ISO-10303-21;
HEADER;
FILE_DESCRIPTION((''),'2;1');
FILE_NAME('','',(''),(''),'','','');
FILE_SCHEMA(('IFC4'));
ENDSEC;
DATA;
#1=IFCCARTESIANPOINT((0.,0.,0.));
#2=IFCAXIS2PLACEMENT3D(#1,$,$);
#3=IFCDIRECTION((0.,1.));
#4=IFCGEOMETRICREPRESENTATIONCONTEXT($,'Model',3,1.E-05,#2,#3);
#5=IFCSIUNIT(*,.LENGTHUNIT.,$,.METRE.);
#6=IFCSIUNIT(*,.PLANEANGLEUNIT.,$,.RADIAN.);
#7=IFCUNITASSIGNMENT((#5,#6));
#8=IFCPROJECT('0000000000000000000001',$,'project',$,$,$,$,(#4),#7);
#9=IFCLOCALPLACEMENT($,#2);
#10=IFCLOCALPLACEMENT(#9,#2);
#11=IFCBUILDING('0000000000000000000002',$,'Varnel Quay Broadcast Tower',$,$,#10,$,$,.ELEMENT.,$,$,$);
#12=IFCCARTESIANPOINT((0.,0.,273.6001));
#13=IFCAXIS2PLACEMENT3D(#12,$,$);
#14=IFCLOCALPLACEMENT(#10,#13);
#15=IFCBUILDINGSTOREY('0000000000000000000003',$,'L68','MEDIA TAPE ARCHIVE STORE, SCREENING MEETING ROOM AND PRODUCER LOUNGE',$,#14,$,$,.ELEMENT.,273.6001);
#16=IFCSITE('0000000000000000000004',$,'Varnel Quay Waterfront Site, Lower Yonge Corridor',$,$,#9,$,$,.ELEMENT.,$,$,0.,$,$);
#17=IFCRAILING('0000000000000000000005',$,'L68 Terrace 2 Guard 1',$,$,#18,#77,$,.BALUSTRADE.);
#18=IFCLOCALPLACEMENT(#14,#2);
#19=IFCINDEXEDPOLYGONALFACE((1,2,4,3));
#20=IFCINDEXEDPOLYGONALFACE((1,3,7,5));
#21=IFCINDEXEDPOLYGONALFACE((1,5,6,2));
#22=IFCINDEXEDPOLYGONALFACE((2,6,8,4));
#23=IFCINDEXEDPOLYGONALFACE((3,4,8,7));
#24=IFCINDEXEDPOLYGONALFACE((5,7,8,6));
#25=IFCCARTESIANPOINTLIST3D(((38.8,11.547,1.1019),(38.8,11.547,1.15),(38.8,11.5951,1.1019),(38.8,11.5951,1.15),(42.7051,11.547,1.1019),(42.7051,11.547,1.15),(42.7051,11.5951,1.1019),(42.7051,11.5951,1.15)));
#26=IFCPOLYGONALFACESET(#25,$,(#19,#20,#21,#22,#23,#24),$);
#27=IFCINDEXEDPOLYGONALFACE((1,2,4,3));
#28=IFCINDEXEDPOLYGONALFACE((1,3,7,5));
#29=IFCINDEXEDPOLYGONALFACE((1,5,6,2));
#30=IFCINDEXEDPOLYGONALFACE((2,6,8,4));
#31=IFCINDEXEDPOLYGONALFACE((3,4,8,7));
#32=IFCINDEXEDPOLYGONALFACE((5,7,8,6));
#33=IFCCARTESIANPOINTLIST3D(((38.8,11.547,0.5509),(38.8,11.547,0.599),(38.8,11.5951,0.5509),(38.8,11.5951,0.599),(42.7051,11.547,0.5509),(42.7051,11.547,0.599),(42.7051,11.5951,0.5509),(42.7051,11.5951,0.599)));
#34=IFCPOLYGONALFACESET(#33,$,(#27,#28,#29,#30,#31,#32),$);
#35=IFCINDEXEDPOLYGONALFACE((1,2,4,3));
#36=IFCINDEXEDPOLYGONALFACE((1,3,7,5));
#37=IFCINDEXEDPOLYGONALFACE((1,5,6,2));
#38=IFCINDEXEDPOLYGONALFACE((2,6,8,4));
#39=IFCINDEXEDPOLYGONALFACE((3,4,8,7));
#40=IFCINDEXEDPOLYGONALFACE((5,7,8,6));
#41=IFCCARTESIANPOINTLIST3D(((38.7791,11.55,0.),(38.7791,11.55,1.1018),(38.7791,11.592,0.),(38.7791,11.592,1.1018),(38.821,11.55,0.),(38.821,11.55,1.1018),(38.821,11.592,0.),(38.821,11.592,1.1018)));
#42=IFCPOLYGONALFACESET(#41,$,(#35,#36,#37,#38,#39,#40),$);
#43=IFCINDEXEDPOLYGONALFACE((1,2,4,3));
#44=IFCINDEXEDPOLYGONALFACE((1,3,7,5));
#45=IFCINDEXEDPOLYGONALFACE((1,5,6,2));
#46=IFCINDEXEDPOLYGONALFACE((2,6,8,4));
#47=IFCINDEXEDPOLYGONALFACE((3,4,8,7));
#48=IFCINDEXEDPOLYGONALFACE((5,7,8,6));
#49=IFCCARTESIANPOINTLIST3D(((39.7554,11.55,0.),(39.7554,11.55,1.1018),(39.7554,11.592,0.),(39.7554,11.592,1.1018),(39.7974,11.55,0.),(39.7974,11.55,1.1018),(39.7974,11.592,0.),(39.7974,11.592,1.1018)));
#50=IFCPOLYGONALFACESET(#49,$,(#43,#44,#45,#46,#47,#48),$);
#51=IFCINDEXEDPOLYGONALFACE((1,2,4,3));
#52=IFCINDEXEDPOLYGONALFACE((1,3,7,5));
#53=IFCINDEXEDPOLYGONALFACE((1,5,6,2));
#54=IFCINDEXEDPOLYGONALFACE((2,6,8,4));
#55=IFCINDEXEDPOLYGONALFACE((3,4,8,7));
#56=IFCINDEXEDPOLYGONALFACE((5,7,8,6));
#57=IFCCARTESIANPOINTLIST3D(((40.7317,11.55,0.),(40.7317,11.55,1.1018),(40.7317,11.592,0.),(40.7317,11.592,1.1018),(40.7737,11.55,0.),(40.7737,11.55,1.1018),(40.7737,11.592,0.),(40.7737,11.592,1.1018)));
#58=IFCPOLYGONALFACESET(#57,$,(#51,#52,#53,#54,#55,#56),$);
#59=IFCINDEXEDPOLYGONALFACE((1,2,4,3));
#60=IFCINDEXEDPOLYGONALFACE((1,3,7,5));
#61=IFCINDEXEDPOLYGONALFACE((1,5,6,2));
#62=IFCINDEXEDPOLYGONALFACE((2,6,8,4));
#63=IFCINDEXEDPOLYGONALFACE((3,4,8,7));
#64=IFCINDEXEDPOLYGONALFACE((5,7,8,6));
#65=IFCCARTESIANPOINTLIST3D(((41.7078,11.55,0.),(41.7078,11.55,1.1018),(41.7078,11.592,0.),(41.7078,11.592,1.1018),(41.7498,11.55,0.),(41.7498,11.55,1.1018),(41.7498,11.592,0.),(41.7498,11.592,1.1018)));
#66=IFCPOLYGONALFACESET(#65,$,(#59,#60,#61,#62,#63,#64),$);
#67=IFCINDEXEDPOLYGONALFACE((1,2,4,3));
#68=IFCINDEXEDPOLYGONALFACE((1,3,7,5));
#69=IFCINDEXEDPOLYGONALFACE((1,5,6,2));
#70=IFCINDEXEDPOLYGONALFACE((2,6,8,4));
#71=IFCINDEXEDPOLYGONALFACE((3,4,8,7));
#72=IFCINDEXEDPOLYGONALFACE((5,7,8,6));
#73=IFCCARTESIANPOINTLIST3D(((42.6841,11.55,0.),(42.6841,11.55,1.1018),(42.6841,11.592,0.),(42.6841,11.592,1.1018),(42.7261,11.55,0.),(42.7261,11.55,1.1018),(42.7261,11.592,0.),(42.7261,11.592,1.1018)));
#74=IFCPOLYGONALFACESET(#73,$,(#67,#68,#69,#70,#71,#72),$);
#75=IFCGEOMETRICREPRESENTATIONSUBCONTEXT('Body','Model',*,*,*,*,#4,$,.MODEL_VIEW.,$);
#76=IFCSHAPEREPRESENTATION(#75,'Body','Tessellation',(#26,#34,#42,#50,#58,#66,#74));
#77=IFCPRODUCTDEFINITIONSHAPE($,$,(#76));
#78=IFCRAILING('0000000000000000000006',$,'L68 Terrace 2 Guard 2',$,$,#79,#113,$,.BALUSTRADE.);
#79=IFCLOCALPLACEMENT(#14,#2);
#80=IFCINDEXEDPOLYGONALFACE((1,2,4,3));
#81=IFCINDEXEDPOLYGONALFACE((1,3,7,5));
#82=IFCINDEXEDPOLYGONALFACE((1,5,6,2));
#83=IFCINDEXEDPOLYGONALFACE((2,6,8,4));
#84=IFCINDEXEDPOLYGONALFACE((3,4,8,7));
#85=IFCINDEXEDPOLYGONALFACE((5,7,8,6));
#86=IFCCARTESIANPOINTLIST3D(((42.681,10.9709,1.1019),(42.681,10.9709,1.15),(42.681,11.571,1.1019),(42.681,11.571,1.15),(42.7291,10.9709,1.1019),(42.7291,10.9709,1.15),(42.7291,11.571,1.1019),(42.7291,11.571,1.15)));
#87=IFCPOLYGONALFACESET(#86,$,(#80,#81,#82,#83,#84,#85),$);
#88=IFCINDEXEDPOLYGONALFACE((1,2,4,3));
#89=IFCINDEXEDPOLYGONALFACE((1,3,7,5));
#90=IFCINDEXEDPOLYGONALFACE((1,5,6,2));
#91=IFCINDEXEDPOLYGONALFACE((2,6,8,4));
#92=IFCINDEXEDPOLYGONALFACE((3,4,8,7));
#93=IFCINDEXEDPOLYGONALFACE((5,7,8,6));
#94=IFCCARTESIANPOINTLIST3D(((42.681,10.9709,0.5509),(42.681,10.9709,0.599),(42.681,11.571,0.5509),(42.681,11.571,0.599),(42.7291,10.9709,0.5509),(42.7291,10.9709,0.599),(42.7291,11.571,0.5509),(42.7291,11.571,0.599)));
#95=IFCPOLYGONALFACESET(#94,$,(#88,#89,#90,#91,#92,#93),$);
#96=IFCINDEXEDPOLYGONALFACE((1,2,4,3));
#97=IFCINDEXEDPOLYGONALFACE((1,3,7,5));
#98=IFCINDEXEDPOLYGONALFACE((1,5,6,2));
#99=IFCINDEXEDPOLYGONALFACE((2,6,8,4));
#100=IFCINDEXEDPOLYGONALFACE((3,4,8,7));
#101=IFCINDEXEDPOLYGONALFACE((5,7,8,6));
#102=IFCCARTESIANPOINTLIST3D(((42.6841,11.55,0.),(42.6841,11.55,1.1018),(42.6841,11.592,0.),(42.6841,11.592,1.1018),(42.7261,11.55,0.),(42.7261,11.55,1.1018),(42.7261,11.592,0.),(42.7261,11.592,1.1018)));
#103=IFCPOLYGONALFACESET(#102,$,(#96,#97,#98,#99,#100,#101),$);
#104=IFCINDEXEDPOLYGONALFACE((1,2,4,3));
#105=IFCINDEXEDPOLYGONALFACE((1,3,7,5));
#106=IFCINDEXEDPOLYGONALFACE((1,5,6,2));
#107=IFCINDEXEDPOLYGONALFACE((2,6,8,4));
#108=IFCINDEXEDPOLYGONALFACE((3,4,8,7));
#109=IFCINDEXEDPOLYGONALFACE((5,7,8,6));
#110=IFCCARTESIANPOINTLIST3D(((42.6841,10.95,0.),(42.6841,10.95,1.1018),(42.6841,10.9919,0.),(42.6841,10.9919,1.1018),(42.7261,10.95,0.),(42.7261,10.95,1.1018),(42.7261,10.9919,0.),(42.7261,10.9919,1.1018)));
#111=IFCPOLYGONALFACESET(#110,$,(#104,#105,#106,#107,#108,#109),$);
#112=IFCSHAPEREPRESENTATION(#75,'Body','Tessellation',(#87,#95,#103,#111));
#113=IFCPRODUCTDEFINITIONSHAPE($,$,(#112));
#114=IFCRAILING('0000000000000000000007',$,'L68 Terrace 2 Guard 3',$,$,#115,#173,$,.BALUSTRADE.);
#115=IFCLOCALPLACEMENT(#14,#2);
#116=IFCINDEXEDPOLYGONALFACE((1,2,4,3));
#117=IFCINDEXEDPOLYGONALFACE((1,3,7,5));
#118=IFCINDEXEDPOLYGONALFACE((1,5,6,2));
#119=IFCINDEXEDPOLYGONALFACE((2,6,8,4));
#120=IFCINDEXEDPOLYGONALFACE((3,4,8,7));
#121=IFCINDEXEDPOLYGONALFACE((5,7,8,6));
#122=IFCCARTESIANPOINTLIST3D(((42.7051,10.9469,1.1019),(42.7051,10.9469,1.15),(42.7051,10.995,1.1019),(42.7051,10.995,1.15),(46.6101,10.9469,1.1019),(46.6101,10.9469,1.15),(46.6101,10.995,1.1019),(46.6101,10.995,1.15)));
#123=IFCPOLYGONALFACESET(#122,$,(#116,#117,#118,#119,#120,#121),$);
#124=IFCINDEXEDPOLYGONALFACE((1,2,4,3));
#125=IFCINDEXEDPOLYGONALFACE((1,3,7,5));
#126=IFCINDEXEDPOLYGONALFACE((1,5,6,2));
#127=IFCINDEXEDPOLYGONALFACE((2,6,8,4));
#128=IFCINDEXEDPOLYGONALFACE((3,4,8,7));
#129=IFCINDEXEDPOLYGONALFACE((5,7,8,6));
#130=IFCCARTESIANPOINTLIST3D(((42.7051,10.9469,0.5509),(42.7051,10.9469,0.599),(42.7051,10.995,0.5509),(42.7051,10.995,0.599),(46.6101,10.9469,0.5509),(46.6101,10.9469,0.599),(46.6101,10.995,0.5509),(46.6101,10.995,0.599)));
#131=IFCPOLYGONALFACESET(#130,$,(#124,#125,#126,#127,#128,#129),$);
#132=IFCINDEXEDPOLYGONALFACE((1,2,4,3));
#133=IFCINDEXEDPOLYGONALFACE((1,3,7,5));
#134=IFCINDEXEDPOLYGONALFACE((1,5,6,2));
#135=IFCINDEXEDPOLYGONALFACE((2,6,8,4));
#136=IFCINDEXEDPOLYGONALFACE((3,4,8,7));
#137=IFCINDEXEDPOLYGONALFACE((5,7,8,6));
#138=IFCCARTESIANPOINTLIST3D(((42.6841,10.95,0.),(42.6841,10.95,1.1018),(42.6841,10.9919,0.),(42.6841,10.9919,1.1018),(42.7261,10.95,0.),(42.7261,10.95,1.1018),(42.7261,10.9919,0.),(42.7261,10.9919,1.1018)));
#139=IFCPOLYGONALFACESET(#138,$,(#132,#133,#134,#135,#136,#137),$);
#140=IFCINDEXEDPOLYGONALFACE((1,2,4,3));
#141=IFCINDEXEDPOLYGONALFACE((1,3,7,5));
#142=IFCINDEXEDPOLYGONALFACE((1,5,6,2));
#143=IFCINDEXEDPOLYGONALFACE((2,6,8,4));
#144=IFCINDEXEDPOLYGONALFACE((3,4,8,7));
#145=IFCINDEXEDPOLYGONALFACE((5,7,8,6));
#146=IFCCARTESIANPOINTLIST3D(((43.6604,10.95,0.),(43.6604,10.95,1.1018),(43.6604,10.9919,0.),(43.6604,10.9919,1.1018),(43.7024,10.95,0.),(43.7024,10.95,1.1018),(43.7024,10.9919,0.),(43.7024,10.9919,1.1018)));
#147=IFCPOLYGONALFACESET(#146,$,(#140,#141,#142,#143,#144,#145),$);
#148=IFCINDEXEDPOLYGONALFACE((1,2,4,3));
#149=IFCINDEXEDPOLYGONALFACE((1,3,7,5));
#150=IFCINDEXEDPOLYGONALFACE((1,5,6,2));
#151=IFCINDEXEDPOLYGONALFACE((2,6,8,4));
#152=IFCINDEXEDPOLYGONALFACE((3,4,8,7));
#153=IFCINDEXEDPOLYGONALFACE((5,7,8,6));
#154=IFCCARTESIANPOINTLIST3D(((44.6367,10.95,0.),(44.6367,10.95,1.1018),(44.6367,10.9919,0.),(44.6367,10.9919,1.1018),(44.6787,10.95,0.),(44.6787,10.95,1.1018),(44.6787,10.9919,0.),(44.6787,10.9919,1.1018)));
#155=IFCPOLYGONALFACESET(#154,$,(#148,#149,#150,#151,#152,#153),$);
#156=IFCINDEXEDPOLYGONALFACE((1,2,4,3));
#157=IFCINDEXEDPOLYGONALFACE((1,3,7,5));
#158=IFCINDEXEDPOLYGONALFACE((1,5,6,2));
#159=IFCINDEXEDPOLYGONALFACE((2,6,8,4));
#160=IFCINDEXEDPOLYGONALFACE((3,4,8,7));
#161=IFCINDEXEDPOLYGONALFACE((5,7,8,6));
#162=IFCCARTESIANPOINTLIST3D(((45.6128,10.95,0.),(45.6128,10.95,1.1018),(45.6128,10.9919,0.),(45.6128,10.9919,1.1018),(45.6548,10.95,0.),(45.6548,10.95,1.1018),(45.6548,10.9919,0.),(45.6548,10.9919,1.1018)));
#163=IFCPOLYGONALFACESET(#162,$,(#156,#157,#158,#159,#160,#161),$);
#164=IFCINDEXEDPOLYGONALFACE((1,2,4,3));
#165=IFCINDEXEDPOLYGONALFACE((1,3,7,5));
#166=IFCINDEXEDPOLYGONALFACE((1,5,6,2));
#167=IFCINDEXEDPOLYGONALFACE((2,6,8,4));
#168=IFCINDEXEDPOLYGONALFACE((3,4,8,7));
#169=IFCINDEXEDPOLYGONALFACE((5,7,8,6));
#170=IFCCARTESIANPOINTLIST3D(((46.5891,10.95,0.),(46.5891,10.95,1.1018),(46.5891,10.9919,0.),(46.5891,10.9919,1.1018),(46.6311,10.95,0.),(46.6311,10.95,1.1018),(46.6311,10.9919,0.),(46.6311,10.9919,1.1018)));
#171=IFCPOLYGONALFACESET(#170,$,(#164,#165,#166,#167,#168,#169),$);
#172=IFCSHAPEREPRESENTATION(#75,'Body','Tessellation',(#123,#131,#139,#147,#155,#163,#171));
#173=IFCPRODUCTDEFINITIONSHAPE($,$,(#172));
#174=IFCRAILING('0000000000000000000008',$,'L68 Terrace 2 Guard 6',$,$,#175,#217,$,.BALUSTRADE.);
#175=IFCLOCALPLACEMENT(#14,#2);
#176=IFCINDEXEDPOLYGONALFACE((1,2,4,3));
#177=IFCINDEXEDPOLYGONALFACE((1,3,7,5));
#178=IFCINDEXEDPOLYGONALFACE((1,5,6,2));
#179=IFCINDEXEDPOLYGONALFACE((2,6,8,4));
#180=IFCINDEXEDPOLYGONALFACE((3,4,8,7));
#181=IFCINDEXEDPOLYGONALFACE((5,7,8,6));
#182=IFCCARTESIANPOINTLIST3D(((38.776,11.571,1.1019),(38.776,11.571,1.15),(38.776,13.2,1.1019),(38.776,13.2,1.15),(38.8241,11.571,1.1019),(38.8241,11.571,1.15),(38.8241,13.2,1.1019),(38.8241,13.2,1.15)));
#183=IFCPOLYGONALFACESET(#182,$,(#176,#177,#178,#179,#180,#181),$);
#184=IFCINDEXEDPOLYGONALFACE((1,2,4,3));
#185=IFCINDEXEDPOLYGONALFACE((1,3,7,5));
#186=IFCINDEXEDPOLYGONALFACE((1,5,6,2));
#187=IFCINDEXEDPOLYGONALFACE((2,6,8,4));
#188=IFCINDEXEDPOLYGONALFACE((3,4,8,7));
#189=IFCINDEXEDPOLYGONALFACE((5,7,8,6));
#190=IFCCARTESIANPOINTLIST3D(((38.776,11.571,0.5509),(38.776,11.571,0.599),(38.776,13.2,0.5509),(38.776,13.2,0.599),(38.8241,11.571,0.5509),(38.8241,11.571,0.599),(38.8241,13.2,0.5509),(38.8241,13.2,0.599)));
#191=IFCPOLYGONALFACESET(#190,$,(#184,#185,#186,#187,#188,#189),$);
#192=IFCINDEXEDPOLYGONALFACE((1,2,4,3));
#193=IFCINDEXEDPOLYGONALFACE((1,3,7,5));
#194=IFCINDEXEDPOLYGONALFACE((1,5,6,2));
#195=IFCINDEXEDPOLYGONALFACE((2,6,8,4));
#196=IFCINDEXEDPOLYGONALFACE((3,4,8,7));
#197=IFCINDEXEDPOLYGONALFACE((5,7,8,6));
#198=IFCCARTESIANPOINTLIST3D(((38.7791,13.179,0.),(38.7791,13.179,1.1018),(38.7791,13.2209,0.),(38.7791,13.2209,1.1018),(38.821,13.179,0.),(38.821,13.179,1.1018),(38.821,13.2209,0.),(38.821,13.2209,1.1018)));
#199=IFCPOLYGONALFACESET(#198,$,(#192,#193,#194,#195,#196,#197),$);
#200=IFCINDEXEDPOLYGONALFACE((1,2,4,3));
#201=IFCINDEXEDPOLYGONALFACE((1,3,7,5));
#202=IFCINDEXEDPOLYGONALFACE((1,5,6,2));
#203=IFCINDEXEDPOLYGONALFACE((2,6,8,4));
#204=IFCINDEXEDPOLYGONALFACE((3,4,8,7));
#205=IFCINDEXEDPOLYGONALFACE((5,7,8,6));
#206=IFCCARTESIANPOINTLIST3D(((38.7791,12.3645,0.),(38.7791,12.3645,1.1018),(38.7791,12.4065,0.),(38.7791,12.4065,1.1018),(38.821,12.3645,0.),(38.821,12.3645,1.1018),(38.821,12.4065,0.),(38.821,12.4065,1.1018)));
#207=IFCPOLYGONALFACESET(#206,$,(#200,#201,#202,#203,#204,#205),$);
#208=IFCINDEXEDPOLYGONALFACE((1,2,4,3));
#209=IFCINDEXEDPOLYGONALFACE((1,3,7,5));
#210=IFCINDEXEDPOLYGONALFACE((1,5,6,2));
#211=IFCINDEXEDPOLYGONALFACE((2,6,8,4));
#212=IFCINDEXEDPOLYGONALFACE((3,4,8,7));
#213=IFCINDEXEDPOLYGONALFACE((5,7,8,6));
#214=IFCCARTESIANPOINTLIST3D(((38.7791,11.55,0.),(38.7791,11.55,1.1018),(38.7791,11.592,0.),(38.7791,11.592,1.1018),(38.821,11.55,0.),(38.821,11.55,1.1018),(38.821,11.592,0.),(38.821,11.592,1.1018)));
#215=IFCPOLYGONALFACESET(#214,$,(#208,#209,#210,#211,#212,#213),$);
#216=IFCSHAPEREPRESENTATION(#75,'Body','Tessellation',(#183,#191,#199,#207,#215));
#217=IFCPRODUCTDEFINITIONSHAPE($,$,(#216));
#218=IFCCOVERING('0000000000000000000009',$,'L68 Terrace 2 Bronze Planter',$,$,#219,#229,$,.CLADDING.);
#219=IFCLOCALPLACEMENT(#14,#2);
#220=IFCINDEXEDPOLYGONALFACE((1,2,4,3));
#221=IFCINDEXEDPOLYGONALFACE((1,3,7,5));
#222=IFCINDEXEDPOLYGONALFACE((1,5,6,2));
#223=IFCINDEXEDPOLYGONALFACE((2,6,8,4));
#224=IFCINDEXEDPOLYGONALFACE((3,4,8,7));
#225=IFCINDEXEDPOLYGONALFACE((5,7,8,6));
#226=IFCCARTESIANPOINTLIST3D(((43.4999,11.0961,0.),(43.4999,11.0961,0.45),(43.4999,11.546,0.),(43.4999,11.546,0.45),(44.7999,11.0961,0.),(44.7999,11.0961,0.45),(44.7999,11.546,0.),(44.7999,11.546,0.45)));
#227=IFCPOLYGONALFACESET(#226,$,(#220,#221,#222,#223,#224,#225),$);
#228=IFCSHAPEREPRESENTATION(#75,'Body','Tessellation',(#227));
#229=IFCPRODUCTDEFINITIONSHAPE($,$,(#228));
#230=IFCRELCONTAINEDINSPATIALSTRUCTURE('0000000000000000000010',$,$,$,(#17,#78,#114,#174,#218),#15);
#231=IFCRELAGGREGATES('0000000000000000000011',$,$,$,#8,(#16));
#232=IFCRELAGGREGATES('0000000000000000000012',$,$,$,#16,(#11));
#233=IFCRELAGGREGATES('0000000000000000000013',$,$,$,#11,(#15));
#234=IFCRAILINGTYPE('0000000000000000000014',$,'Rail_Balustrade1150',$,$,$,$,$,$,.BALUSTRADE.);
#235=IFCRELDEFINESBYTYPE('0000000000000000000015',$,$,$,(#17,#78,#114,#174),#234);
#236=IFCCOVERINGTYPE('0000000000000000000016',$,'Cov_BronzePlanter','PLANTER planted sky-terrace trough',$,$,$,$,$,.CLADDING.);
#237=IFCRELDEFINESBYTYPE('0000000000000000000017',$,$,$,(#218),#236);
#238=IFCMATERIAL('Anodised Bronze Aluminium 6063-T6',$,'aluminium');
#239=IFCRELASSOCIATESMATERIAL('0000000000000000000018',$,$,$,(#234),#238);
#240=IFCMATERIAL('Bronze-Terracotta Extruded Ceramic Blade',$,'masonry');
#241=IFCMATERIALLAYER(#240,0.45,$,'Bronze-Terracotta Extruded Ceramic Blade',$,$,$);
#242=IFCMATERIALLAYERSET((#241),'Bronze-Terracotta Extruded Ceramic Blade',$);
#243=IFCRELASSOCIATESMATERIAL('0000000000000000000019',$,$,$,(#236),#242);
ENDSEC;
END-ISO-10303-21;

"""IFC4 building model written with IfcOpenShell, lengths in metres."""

from ifc_helpers import new_model, si_unit, direction, frame, origin, origin_2d, place, context, subcontext, project, spatial, rectangle, extrude, source, transform, mapped, material, layer, layer_set, type_object, type_shapes, element, save


model = new_model("IFC4")

# Units and contexts
model_context = context("Model", 3, precision=1e-05, world=origin(), true_north=direction((0.0, 1.0)))
body_context = subcontext(model_context, "Body", "Model", "MODEL_VIEW")
ifc_project = project(units=[si_unit("LENGTHUNIT", "METRE"), si_unit("PLANEANGLEUNIT", "RADIAN")], contexts=[model_context])

# Site, building, storey
site_placement = place(None, origin())
site = spatial("IfcSite", under=ifc_project, at=site_placement, Name="Varnel Quay Waterfront Site, Lower Yonge Corridor", CompositionType="ELEMENT", RefElevation=0.0)
building_placement = place(site_placement, origin())
building = spatial("IfcBuilding", under=site, at=building_placement, Name="Varnel Quay Broadcast Tower", CompositionType="ELEMENT")
storey_placement = place(building_placement, frame((0.0, 0.0, 273.6001)))
storey = spatial("IfcBuildingStorey", under=building, at=storey_placement, Name="L68", Description="MEDIA TAPE ARCHIVE STORE, SCREENING MEETING ROOM AND PRODUCER LOUNGE", CompositionType="ELEMENT", Elevation=273.6001)

# Shared definitions
ifc_material_1 = material(Name="Anodised Bronze Aluminium 6063-T6", Category="aluminium")

# Railings
railing_type = type_object("IfcRailingType", Name="Rail_Balustrade1150", PredefinedType="BALUSTRADE", material=ifc_material_1)
railing_1_placement = place(storey_placement, frame((38.8, 11.571, 0.0)))
element("IfcRailing", 1, at=railing_1_placement, inside=storey, type_object=railing_type, Name="L68 Terrace 2 Guard 1", PredefinedType="BALUSTRADE", context=body_context, shape_type="SweptSolid", body=[
    extrude(rectangle(XDim=0.0481, YDim=0.0481, at=origin_2d()), frame((0.0, 0.0, 1.126), z_axis=(1.0, 0.0, 0.0), x_axis=(0.0, 1.0, 0.0)), (0.0, 0.0, 1.0), 3.905),
    extrude(rectangle(XDim=0.0481, YDim=0.0481, at=origin_2d()), frame((0.0, 0.0, 0.575), z_axis=(1.0, 0.0, 0.0), x_axis=(0.0, 1.0, 0.0)), (0.0, 0.0, 1.0), 3.905),
    extrude(rectangle(XDim=0.042, YDim=0.042, at=origin_2d()), origin(), (0.0, 0.0, 1.0), 1.1018),
    extrude(rectangle(XDim=0.042, YDim=0.042, at=origin_2d()), frame((0.9763, 0.0, 0.0)), (0.0, 0.0, 1.0), 1.1018),
    extrude(rectangle(XDim=0.042, YDim=0.042, at=origin_2d()), frame((1.9526, 0.0, 0.0)), (0.0, 0.0, 1.0), 1.1018),
    extrude(rectangle(XDim=0.042, YDim=0.042, at=origin_2d()), frame((2.9287, 0.0, 0.0)), (0.0, 0.0, 1.0), 1.1018),
    extrude(rectangle(XDim=0.042, YDim=0.042, at=origin_2d()), frame((3.905, 0.0, 0.0)), (0.0, 0.0, 1.0), 1.1018),
])
railing_2_placement = place(storey_placement, frame((42.7051, 11.571, 0.0)))
element("IfcRailing", 2, at=railing_2_placement, inside=storey, type_object=railing_type, Name="L68 Terrace 2 Guard 2", PredefinedType="BALUSTRADE", context=body_context, shape_type="SweptSolid", body=[
    extrude(rectangle(XDim=0.0481, YDim=0.0481, at=origin_2d()), frame((0.0, 0.0, 1.126), z_axis=(0.0, -1.0, 0.0), x_axis=(1.0, 0.0, 0.0)), (0.0, 0.0, 1.0), 0.6001),
    extrude(rectangle(XDim=0.0481, YDim=0.0481, at=origin_2d()), frame((0.0, 0.0, 0.575), z_axis=(0.0, -1.0, 0.0), x_axis=(1.0, 0.0, 0.0)), (0.0, 0.0, 1.0), 0.6001),
    extrude(rectangle(XDim=0.042, YDim=0.042, at=origin_2d()), origin(), (0.0, 0.0, 1.0), 1.1018),
    extrude(rectangle(XDim=0.042, YDim=0.042, at=origin_2d()), frame((0.0, -0.6001, 0.0)), (0.0, 0.0, 1.0), 1.1018),
])
railing_3_placement = place(storey_placement, frame((42.7051, 10.9709, 0.0)))
element("IfcRailing", 3, at=railing_3_placement, inside=storey, type_object=railing_type, Name="L68 Terrace 2 Guard 3", PredefinedType="BALUSTRADE", context=body_context, shape_type="SweptSolid", body=[
    extrude(rectangle(XDim=0.0481, YDim=0.0481, at=origin_2d()), frame((0.0, 0.0, 1.126), z_axis=(1.0, 0.0, 0.0), x_axis=(0.0, 1.0, 0.0)), (0.0, 0.0, 1.0), 3.905),
    extrude(rectangle(XDim=0.0481, YDim=0.0481, at=origin_2d()), frame((0.0, 0.0, 0.575), z_axis=(1.0, 0.0, 0.0), x_axis=(0.0, 1.0, 0.0)), (0.0, 0.0, 1.0), 3.905),
    extrude(rectangle(XDim=0.042, YDim=0.042, at=origin_2d()), origin(), (0.0, 0.0, 1.0), 1.1018),
    extrude(rectangle(XDim=0.042, YDim=0.042, at=origin_2d()), frame((0.9763, 0.0, 0.0)), (0.0, 0.0, 1.0), 1.1018),
    extrude(rectangle(XDim=0.042, YDim=0.042, at=origin_2d()), frame((1.9526, 0.0, 0.0)), (0.0, 0.0, 1.0), 1.1018),
    extrude(rectangle(XDim=0.042, YDim=0.042, at=origin_2d()), frame((2.9287, 0.0, 0.0)), (0.0, 0.0, 1.0), 1.1018),
    extrude(rectangle(XDim=0.042, YDim=0.042, at=origin_2d()), frame((3.905, 0.0, 0.0)), (0.0, 0.0, 1.0), 1.1018),
])
railing_4_placement = place(storey_placement, frame((38.8, 13.2, 0.0)))
element("IfcRailing", 4, at=railing_4_placement, inside=storey, type_object=railing_type, Name="L68 Terrace 2 Guard 6", PredefinedType="BALUSTRADE", context=body_context, shape_type="SweptSolid", body=[
    extrude(rectangle(XDim=0.0481, YDim=0.0481, at=origin_2d()), frame((0.0, 0.0, 1.126), z_axis=(0.0, -1.0, 0.0), x_axis=(1.0, 0.0, 0.0)), (0.0, 0.0, 1.0), 1.6289),
    extrude(rectangle(XDim=0.0481, YDim=0.0481, at=origin_2d()), frame((0.0, 0.0, 0.575), z_axis=(0.0, -1.0, 0.0), x_axis=(1.0, 0.0, 0.0)), (0.0, 0.0, 1.0), 1.6289),
    extrude(rectangle(XDim=0.042, YDim=0.042, at=origin_2d()), origin(), (0.0, 0.0, 1.0), 1.1018),
    extrude(rectangle(XDim=0.042, YDim=0.042, at=origin_2d()), frame((0.0, -0.8145, 0.0)), (0.0, 0.0, 1.0), 1.1018),
    extrude(rectangle(XDim=0.042, YDim=0.042, at=origin_2d()), frame((0.0, -1.6289, 0.0)), (0.0, 0.0, 1.0), 1.1018),
])

# Covering
ifc_material_2 = material(Name="Bronze-Terracotta Extruded Ceramic Blade", Category="masonry")
ifc_layer_1 = layer(ifc_material_2, 0.45, Name="Bronze-Terracotta Extruded Ceramic Blade")
ifc_layer_set_1 = layer_set([ifc_layer_1], Name="Bronze-Terracotta Extruded Ceramic Blade")
covering_type = type_object("IfcCoveringType", Name="Cov_BronzePlanter", Description="PLANTER planted sky-terrace trough", PredefinedType="CLADDING", material=ifc_layer_set_1)
shared_shape_1 = source(origin(), body_context, "Body", "SweptSolid", [
    extrude(rectangle(XDim=1.3, YDim=0.45, at=origin_2d()), origin(), (0.0, 0.0, 1.0), 0.45),
])
type_shapes(covering_type, [shared_shape_1])
covering_placement = place(storey_placement, frame((44.1499, 11.321, 0.0), z_axis=(0.0, 0.0, 1.0), x_axis=(1.0, 0.0, 0.0)))
element("IfcCovering", 5, at=covering_placement, inside=storey, type_object=covering_type, Name="L68 Terrace 2 Bronze Planter", PredefinedType="CLADDING", context=body_context, shape_type="MappedRepresentation", body=[
    mapped(shared_shape_1, transform((0.0, 0.0, 0.0), x_axis=(1.0, 0.0, 0.0), y_axis=(0.0, 1.0, 0.0), z_axis=(0.0, 0.0, 1.0), scale=1.0)),
])

save(model, "model.ifc")
